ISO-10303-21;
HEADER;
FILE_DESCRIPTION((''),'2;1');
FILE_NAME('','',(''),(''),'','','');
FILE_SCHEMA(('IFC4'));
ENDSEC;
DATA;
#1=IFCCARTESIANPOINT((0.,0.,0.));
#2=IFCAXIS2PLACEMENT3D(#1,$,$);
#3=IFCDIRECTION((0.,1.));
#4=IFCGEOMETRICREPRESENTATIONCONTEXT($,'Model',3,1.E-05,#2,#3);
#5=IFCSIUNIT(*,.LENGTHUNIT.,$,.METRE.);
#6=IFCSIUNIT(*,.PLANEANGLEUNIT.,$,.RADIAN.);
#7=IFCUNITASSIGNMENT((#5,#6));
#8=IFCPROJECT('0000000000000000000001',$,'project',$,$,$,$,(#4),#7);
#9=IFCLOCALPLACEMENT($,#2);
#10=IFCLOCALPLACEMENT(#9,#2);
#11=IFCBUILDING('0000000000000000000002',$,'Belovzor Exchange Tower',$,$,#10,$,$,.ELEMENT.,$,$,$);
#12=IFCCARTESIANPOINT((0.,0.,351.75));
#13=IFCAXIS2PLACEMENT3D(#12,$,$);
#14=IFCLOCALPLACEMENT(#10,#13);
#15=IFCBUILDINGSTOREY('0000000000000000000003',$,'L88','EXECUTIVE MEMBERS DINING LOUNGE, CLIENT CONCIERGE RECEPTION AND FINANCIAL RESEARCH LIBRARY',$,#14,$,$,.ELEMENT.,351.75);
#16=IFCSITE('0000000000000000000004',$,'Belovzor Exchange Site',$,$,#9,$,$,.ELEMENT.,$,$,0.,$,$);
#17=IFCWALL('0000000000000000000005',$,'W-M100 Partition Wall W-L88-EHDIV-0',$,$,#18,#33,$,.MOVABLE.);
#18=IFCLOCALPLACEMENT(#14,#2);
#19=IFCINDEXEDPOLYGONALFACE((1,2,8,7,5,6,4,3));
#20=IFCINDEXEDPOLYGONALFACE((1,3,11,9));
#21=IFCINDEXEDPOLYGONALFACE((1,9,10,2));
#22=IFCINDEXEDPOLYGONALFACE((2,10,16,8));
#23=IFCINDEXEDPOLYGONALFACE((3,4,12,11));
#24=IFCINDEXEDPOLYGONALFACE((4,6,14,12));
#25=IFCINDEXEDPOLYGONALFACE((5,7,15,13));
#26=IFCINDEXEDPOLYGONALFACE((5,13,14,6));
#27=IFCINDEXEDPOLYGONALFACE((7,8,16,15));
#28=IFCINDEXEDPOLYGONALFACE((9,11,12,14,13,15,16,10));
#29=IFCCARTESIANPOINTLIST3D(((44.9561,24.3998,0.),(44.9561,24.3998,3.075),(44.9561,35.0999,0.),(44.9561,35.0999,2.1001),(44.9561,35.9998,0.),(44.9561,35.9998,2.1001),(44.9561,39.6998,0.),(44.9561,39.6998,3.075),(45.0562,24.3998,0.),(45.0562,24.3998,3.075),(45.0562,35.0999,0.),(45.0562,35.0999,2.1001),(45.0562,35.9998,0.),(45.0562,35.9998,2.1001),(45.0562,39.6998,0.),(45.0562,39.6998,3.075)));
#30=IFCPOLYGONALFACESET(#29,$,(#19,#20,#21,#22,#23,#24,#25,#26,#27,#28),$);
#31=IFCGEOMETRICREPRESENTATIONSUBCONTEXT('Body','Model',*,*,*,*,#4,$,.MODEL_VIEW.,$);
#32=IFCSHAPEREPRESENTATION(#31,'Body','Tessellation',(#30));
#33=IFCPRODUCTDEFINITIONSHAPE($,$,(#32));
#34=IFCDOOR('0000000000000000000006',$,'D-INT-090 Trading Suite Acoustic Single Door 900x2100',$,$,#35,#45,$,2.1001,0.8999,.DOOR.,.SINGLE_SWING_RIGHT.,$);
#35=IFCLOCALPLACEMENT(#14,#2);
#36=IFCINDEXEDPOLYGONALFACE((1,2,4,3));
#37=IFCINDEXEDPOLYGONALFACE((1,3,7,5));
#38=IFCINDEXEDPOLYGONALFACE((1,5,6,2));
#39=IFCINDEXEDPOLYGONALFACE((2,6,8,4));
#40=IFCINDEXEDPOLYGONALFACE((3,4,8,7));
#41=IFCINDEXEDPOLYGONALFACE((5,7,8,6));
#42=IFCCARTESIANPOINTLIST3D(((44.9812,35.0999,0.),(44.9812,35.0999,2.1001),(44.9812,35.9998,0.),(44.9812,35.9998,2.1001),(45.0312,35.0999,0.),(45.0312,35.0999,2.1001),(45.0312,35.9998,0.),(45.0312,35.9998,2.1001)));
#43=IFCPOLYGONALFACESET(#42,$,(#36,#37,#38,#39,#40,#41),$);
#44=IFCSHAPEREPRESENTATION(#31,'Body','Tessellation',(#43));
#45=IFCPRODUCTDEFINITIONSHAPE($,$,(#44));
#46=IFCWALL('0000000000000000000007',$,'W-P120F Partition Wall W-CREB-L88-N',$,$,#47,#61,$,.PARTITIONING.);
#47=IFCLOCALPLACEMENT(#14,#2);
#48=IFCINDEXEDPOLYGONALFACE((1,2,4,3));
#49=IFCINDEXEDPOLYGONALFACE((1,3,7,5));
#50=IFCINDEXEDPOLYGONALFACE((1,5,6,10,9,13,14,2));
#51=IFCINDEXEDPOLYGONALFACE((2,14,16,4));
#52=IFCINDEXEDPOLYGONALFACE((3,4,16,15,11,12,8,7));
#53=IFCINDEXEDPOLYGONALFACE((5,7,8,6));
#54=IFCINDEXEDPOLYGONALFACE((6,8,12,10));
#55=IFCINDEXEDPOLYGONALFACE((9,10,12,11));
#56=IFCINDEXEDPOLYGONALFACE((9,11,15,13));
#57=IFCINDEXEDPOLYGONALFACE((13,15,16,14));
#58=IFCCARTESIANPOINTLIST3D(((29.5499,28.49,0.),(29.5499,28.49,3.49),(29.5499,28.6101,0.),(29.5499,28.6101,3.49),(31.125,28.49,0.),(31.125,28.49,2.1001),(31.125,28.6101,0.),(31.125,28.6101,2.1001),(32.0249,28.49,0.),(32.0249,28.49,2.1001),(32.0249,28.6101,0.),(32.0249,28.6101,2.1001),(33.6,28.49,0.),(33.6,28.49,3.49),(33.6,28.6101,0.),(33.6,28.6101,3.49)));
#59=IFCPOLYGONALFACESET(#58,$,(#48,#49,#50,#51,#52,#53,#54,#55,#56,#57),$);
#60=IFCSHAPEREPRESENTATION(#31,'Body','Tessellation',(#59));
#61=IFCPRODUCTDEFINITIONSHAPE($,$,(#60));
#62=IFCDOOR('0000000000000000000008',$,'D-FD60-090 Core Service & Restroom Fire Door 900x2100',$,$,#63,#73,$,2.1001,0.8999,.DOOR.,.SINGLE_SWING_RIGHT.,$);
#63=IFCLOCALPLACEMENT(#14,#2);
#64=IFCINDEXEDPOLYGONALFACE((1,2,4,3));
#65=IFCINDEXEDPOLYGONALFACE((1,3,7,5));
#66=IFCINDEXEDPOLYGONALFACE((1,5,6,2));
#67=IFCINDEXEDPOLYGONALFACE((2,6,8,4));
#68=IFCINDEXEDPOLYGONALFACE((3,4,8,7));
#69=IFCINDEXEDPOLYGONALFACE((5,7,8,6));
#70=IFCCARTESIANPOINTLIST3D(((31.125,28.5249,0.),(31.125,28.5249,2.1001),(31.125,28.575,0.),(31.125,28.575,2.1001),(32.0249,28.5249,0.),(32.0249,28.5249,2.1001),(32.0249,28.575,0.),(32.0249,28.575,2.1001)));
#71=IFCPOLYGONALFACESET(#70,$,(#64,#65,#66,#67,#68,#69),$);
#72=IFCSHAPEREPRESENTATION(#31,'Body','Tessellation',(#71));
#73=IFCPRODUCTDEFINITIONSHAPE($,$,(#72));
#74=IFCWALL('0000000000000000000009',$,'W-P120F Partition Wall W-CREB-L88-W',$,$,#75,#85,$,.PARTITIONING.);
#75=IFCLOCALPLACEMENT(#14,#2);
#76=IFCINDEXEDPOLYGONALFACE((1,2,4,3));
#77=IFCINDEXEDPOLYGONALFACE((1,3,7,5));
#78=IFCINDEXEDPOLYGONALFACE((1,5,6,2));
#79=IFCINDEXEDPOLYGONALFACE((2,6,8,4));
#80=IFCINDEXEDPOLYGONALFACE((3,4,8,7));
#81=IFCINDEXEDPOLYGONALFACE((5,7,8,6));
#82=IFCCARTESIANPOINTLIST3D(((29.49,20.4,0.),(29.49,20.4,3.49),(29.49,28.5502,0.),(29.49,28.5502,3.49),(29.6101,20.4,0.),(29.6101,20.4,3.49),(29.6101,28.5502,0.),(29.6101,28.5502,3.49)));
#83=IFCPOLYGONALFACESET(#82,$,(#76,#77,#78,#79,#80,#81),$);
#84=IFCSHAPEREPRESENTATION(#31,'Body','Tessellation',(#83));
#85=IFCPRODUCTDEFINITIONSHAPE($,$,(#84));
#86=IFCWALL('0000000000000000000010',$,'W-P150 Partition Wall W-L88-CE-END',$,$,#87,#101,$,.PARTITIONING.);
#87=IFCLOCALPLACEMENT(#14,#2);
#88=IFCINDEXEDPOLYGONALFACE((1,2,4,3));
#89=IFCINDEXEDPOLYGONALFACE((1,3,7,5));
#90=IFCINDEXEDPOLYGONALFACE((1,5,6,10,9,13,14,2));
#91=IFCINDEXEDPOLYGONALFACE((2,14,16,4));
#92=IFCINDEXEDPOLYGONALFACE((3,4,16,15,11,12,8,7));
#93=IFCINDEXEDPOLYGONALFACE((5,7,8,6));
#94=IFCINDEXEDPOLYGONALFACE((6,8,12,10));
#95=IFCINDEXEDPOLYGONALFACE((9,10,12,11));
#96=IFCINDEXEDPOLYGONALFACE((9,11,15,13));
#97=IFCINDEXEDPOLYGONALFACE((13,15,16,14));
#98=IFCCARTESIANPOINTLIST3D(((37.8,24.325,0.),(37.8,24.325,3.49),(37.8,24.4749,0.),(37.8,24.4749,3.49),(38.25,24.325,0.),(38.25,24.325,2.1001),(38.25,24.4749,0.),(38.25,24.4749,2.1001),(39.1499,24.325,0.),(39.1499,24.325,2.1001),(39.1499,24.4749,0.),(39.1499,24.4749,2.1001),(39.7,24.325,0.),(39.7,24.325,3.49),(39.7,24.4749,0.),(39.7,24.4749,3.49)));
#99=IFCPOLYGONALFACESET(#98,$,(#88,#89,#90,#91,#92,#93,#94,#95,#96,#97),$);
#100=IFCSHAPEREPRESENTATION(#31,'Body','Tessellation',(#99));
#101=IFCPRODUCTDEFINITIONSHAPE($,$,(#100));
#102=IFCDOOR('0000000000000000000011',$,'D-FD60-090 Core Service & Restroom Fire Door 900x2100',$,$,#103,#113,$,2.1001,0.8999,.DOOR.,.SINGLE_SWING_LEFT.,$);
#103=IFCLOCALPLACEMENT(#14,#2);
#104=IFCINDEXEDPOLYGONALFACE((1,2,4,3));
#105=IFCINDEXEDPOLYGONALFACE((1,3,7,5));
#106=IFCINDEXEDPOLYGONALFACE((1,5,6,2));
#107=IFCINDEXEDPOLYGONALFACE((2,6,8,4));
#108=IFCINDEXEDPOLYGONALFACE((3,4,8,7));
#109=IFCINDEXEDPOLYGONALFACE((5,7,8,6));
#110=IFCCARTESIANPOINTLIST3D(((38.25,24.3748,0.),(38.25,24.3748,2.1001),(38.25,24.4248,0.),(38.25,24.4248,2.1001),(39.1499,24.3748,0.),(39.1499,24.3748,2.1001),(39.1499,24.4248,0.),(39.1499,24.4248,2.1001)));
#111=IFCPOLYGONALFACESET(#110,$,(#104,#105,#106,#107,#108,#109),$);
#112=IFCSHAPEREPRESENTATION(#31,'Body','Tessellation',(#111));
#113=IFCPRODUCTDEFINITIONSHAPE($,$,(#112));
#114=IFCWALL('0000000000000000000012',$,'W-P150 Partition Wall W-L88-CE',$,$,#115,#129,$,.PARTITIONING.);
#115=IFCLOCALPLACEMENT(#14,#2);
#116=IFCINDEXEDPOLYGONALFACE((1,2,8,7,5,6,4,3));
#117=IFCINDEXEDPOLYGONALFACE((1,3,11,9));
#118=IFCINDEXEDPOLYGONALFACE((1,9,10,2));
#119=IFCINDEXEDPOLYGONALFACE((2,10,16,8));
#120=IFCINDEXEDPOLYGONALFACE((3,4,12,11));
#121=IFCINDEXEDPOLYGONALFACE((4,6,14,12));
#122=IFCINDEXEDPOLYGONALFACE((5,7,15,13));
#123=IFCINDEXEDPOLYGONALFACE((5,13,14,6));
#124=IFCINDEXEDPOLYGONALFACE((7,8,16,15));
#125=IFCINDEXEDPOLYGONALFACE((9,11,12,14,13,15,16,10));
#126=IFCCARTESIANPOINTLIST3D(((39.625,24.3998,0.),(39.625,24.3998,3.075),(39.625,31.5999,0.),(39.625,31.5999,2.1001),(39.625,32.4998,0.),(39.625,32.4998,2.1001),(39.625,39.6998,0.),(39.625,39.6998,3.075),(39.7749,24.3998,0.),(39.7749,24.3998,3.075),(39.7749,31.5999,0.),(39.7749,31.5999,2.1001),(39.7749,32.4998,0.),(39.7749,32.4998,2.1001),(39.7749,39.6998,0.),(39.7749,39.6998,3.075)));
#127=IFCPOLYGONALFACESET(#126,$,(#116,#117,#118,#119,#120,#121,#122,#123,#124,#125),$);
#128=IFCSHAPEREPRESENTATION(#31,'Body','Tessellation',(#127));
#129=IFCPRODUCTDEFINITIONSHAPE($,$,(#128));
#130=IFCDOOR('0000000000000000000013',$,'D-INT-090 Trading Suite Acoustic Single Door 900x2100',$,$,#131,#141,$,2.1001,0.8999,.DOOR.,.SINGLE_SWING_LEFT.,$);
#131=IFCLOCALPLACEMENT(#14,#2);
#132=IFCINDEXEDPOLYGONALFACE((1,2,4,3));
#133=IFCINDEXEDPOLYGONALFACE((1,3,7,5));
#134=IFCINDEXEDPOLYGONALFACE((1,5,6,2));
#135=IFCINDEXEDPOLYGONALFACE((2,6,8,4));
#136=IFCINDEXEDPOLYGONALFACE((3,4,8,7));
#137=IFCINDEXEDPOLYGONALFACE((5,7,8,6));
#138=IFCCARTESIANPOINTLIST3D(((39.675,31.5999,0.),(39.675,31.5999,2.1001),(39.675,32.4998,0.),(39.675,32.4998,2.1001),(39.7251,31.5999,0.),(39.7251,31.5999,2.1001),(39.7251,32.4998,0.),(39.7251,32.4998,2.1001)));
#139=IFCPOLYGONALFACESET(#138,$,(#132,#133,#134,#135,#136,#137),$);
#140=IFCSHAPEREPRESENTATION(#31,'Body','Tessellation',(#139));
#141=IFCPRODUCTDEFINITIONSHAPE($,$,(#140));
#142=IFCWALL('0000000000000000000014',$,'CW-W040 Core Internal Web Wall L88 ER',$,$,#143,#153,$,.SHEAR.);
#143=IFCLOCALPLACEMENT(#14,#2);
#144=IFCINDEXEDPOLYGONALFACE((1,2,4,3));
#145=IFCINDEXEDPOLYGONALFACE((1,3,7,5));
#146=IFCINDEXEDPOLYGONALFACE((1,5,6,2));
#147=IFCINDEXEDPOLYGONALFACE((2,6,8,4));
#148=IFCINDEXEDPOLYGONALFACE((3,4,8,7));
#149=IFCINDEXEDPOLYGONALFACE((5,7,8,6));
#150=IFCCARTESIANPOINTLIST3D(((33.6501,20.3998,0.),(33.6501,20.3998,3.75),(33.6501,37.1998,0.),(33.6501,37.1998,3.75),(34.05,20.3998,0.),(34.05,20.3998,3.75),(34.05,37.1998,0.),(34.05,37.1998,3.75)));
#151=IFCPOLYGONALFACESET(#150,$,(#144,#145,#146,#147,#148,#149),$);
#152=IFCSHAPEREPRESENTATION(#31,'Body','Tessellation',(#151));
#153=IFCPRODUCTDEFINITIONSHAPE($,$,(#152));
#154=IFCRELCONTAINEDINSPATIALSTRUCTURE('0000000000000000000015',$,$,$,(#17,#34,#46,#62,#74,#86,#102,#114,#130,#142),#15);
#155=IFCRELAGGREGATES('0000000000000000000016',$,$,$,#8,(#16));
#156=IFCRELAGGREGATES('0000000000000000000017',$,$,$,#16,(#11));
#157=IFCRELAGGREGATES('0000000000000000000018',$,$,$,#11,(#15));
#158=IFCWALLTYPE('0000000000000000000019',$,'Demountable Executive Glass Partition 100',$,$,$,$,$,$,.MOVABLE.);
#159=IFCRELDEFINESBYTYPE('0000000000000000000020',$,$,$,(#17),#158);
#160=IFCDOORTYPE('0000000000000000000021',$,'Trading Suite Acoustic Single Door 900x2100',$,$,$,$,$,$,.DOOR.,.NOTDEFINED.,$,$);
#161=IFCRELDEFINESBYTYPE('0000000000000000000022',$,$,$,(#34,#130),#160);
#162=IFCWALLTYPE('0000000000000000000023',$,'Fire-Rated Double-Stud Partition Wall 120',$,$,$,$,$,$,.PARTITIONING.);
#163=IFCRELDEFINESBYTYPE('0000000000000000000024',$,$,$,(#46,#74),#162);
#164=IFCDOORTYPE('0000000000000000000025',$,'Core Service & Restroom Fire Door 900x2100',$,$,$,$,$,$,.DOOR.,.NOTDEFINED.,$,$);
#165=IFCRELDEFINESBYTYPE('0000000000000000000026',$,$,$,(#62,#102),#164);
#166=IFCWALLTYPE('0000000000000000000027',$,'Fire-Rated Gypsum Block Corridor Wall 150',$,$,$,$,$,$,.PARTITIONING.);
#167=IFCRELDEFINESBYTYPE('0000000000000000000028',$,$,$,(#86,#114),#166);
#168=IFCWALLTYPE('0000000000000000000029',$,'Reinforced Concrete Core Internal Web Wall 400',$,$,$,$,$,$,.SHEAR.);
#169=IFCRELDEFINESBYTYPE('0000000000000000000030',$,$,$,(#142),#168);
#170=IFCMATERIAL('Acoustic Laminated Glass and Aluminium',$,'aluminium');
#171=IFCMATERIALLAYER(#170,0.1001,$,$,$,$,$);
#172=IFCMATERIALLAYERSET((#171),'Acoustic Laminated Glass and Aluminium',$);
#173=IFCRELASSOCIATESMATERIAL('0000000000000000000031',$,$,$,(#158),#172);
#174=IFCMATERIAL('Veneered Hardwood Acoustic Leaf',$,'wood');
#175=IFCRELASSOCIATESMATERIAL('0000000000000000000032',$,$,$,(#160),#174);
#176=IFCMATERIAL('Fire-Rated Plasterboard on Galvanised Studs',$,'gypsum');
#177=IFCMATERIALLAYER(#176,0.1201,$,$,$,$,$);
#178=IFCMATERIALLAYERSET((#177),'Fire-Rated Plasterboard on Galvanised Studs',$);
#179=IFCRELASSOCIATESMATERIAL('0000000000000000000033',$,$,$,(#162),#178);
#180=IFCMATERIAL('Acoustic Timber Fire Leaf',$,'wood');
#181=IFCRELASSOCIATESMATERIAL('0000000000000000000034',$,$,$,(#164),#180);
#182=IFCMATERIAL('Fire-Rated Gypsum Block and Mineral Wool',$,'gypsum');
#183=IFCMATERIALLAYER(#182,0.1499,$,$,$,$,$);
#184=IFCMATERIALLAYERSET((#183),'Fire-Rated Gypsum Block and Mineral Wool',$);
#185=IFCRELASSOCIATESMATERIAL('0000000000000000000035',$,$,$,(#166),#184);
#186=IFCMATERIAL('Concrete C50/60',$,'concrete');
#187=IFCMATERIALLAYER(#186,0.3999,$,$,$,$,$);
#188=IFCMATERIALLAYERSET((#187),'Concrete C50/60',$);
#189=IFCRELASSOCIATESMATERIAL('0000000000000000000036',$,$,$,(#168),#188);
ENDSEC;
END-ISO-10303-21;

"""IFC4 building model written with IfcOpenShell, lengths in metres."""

from ifc_helpers import new_model, si_unit, direction, frame, frame_2d, origin, place, context, subcontext, project, spatial, rectangle, extrude, material, layer, layer_set, type_object, element, fill, save


model = new_model("IFC4")

# Units and contexts
model_context = context("Model", 3, precision=1e-05, world=origin(), true_north=direction((0.0, 1.0)))
body_context = subcontext(model_context, "Body", "Model", "MODEL_VIEW")
ifc_project = project(units=[si_unit("LENGTHUNIT", "METRE"), si_unit("PLANEANGLEUNIT", "RADIAN")], contexts=[model_context])

# Site, building, storey
site_placement = place(None, origin())
site = spatial("IfcSite", under=ifc_project, at=site_placement, Name="Belovzor Exchange Site", CompositionType="ELEMENT", RefElevation=0.0)
building_placement = place(site_placement, origin())
building = spatial("IfcBuilding", under=site, at=building_placement, Name="Belovzor Exchange Tower", CompositionType="ELEMENT")
storey_placement = place(building_placement, frame((0.0, 0.0, 351.75)))
storey = spatial("IfcBuildingStorey", under=building, at=storey_placement, Name="L88", Description="EXECUTIVE MEMBERS DINING LOUNGE, CLIENT CONCIERGE RECEPTION AND FINANCIAL RESEARCH LIBRARY", CompositionType="ELEMENT", Elevation=351.75)

# Walls, openings, doors
ifc_material_1 = material(Name="Acoustic Laminated Glass and Aluminium", Category="aluminium")
ifc_layer_1 = layer(ifc_material_1, 0.1001)
ifc_layer_set_1 = layer_set([ifc_layer_1], Name="Acoustic Laminated Glass and Aluminium")
wall_type_1 = type_object("IfcWallType", Name="Demountable Executive Glass Partition 100", PredefinedType="MOVABLE", material=ifc_layer_set_1)
wall_1_placement = place(storey_placement, frame((45.0061, 24.3999, 0.0), z_axis=(0.0, 0.0, 1.0), x_axis=(0.0, 1.0, 0.0)))
wall_1 = element("IfcWall", 1, at=wall_1_placement, inside=storey, type_object=wall_type_1, Name="W-M100 Partition Wall W-L88-EHDIV-0", PredefinedType="MOVABLE", context=body_context, shape_type="SweptSolid", body=[
    extrude(rectangle(XDim=15.3, YDim=0.1001, at=frame_2d((7.6499, 0.0))), origin(), (0.0, 0.0, 1.0), 3.075),
])
opening_1_placement = place(wall_1_placement, frame((10.7, 0.0, 0.0)))
opening_1 = element("IfcOpeningElement", 2, at=opening_1_placement, cuts=wall_1, PredefinedType="OPENING", context=body_context, shape_type="SweptSolid", body=[
    extrude(rectangle(XDim=0.8999, YDim=2.1001, at=frame_2d((0.45, 1.05))), frame((0.0, 0.0601, 0.0), z_axis=(0.0, -1.0, 0.0), x_axis=(1.0, 0.0, 0.0)), (0.0, 0.0, 1.0), 0.1201),
])
ifc_material_2 = material(Name="Veneered Hardwood Acoustic Leaf", Category="wood")
door_type_1 = type_object("IfcDoorType", Name="Trading Suite Acoustic Single Door 900x2100", OperationType="NOTDEFINED", PredefinedType="DOOR", material=ifc_material_2)
door_1_placement = place(opening_1_placement, origin())
door_1 = element("IfcDoor", 3, at=door_1_placement, inside=storey, type_object=door_type_1, Name="D-INT-090 Trading Suite Acoustic Single Door 900x2100", OperationType="SINGLE_SWING_RIGHT", OverallHeight=2.1001, OverallWidth=0.8999, PredefinedType="DOOR", context=body_context, shape_type="SweptSolid", body=[
    extrude(rectangle(XDim=0.8999, YDim=2.1001, at=frame_2d((0.45, 1.05))), frame((0.0, 0.0249, 0.0), z_axis=(0.0, -1.0, 0.0), x_axis=(1.0, 0.0, 0.0)), (0.0, 0.0, 1.0), 0.05),
])
fill(opening_1, door_1)
ifc_material_3 = material(Name="Fire-Rated Plasterboard on Galvanised Studs", Category="gypsum")
ifc_layer_2 = layer(ifc_material_3, 0.1201)
ifc_layer_set_2 = layer_set([ifc_layer_2], Name="Fire-Rated Plasterboard on Galvanised Studs")
wall_type_2 = type_object("IfcWallType", Name="Fire-Rated Double-Stud Partition Wall 120", PredefinedType="PARTITIONING", material=ifc_layer_set_2)
wall_2_placement = place(storey_placement, frame((29.55, 28.55, 0.0), z_axis=(0.0, 0.0, 1.0), x_axis=(1.0, 0.0, 0.0)))
wall_2 = element("IfcWall", 4, at=wall_2_placement, inside=storey, type_object=wall_type_2, Name="W-P120F Partition Wall W-CREB-L88-N", PredefinedType="PARTITIONING", context=body_context, shape_type="SweptSolid", body=[
    extrude(rectangle(XDim=4.05, YDim=0.1201, at=frame_2d((2.0249, 0.0))), origin(), (0.0, 0.0, 1.0), 3.49),
])
opening_2_placement = place(wall_2_placement, frame((1.575, 0.0, 0.0)))
opening_2 = element("IfcOpeningElement", 5, at=opening_2_placement, cuts=wall_2, PredefinedType="OPENING", context=body_context, shape_type="SweptSolid", body=[
    extrude(rectangle(XDim=0.8999, YDim=2.1001, at=frame_2d((0.45, 1.05))), frame((0.0, 0.0701, 0.0), z_axis=(0.0, -1.0, 0.0), x_axis=(1.0, 0.0, 0.0)), (0.0, 0.0, 1.0), 0.1401),
])
ifc_material_4 = material(Name="Acoustic Timber Fire Leaf", Category="wood")
door_type_2 = type_object("IfcDoorType", Name="Core Service & Restroom Fire Door 900x2100", OperationType="NOTDEFINED", PredefinedType="DOOR", material=ifc_material_4)
door_2_placement = place(opening_2_placement, origin())
door_2 = element("IfcDoor", 6, at=door_2_placement, inside=storey, type_object=door_type_2, Name="D-FD60-090 Core Service & Restroom Fire Door 900x2100", OperationType="SINGLE_SWING_RIGHT", OverallHeight=2.1001, OverallWidth=0.8999, PredefinedType="DOOR", context=body_context, shape_type="SweptSolid", body=[
    extrude(rectangle(XDim=0.8999, YDim=2.1001, at=frame_2d((0.45, 1.05))), frame((0.0, 0.0249, 0.0), z_axis=(0.0, -1.0, 0.0), x_axis=(1.0, 0.0, 0.0)), (0.0, 0.0, 1.0), 0.05),
])
fill(opening_2, door_2)

# Wall
wall_3_placement = place(storey_placement, frame((29.55, 20.3999, 0.0), z_axis=(0.0, 0.0, 1.0), x_axis=(0.0, 1.0, 0.0)))
element("IfcWall", 7, at=wall_3_placement, inside=storey, type_object=wall_type_2, Name="W-P120F Partition Wall W-CREB-L88-W", PredefinedType="PARTITIONING", context=body_context, shape_type="SweptSolid", body=[
    extrude(rectangle(XDim=8.1501, YDim=0.1201, at=frame_2d((4.0752, 0.0))), origin(), (0.0, 0.0, 1.0), 3.49),
])

# Walls, openings, doors
ifc_material_5 = material(Name="Fire-Rated Gypsum Block and Mineral Wool", Category="gypsum")
ifc_layer_3 = layer(ifc_material_5, 0.1499)
ifc_layer_set_3 = layer_set([ifc_layer_3], Name="Fire-Rated Gypsum Block and Mineral Wool")
wall_type_3 = type_object("IfcWallType", Name="Fire-Rated Gypsum Block Corridor Wall 150", PredefinedType="PARTITIONING", material=ifc_layer_set_3)
wall_4_placement = place(storey_placement, frame((37.8, 24.3999, 0.0), z_axis=(0.0, 0.0, 1.0), x_axis=(1.0, 0.0, 0.0)))
wall_4 = element("IfcWall", 8, at=wall_4_placement, inside=storey, type_object=wall_type_3, Name="W-P150 Partition Wall W-L88-CE-END", PredefinedType="PARTITIONING", context=body_context, shape_type="SweptSolid", body=[
    extrude(rectangle(XDim=1.8999, YDim=0.1499, at=frame_2d((0.95, 0.0))), origin(), (0.0, 0.0, 1.0), 3.49),
])
opening_3_placement = place(wall_4_placement, frame((0.45, 0.0, 0.0)))
opening_3 = element("IfcOpeningElement", 9, at=opening_3_placement, cuts=wall_4, PredefinedType="OPENING", context=body_context, shape_type="SweptSolid", body=[
    extrude(rectangle(XDim=0.8999, YDim=2.1001, at=frame_2d((0.45, 1.05))), frame((0.0, 0.085, 0.0), z_axis=(0.0, -1.0, 0.0), x_axis=(1.0, 0.0, 0.0)), (0.0, 0.0, 1.0), 0.1699),
])
door_3_placement = place(opening_3_placement, origin())
door_3 = element("IfcDoor", 10, at=door_3_placement, inside=storey, type_object=door_type_2, Name="D-FD60-090 Core Service & Restroom Fire Door 900x2100", OperationType="SINGLE_SWING_LEFT", OverallHeight=2.1001, OverallWidth=0.8999, PredefinedType="DOOR", context=body_context, shape_type="SweptSolid", body=[
    extrude(rectangle(XDim=0.8999, YDim=2.1001, at=frame_2d((0.45, 1.05))), frame((0.0, 0.0249, 0.0), z_axis=(0.0, -1.0, 0.0), x_axis=(1.0, 0.0, 0.0)), (0.0, 0.0, 1.0), 0.05),
])
fill(opening_3, door_3)
wall_5_placement = place(storey_placement, frame((39.7, 24.3999, 0.0), z_axis=(0.0, 0.0, 1.0), x_axis=(0.0, 1.0, 0.0)))
wall_5 = element("IfcWall", 11, at=wall_5_placement, inside=storey, type_object=wall_type_3, Name="W-P150 Partition Wall W-L88-CE", PredefinedType="PARTITIONING", context=body_context, shape_type="SweptSolid", body=[
    extrude(rectangle(XDim=15.3, YDim=0.1499, at=frame_2d((7.6499, 0.0))), origin(), (0.0, 0.0, 1.0), 3.075),
])
opening_4_placement = place(wall_5_placement, frame((7.2, 0.0, 0.0)))
opening_4 = element("IfcOpeningElement", 12, at=opening_4_placement, cuts=wall_5, PredefinedType="OPENING", context=body_context, shape_type="SweptSolid", body=[
    extrude(rectangle(XDim=0.8999, YDim=2.1001, at=frame_2d((0.45, 1.05))), frame((0.0, 0.085, 0.0), z_axis=(0.0, -1.0, 0.0), x_axis=(1.0, 0.0, 0.0)), (0.0, 0.0, 1.0), 0.1699),
])
door_4_placement = place(opening_4_placement, origin())
door_4 = element("IfcDoor", 13, at=door_4_placement, inside=storey, type_object=door_type_1, Name="D-INT-090 Trading Suite Acoustic Single Door 900x2100", OperationType="SINGLE_SWING_LEFT", OverallHeight=2.1001, OverallWidth=0.8999, PredefinedType="DOOR", context=body_context, shape_type="SweptSolid", body=[
    extrude(rectangle(XDim=0.8999, YDim=2.1001, at=frame_2d((0.45, 1.05))), frame((0.0, 0.0249, 0.0), z_axis=(0.0, -1.0, 0.0), x_axis=(1.0, 0.0, 0.0)), (0.0, 0.0, 1.0), 0.05),
])
fill(opening_4, door_4)

# Wall
ifc_material_6 = material(Name="Concrete C50/60", Category="concrete")
ifc_layer_4 = layer(ifc_material_6, 0.3999)
ifc_layer_set_4 = layer_set([ifc_layer_4], Name="Concrete C50/60")
wall_type_4 = type_object("IfcWallType", Name="Reinforced Concrete Core Internal Web Wall 400", PredefinedType="SHEAR", material=ifc_layer_set_4)
wall_6_placement = place(storey_placement, frame((33.8501, 20.3999, 0.0), z_axis=(0.0, 0.0, 1.0), x_axis=(0.0, 1.0, 0.0)))
element("IfcWall", 14, at=wall_6_placement, inside=storey, type_object=wall_type_4, Name="CW-W040 Core Internal Web Wall L88 ER", PredefinedType="SHEAR", context=body_context, shape_type="SweptSolid", body=[
    extrude(rectangle(XDim=16.8, YDim=0.3999, at=frame_2d((8.3999, 0.0))), origin(), (0.0, 0.0, 1.0), 3.75),
])

save(model, "model.ifc")
